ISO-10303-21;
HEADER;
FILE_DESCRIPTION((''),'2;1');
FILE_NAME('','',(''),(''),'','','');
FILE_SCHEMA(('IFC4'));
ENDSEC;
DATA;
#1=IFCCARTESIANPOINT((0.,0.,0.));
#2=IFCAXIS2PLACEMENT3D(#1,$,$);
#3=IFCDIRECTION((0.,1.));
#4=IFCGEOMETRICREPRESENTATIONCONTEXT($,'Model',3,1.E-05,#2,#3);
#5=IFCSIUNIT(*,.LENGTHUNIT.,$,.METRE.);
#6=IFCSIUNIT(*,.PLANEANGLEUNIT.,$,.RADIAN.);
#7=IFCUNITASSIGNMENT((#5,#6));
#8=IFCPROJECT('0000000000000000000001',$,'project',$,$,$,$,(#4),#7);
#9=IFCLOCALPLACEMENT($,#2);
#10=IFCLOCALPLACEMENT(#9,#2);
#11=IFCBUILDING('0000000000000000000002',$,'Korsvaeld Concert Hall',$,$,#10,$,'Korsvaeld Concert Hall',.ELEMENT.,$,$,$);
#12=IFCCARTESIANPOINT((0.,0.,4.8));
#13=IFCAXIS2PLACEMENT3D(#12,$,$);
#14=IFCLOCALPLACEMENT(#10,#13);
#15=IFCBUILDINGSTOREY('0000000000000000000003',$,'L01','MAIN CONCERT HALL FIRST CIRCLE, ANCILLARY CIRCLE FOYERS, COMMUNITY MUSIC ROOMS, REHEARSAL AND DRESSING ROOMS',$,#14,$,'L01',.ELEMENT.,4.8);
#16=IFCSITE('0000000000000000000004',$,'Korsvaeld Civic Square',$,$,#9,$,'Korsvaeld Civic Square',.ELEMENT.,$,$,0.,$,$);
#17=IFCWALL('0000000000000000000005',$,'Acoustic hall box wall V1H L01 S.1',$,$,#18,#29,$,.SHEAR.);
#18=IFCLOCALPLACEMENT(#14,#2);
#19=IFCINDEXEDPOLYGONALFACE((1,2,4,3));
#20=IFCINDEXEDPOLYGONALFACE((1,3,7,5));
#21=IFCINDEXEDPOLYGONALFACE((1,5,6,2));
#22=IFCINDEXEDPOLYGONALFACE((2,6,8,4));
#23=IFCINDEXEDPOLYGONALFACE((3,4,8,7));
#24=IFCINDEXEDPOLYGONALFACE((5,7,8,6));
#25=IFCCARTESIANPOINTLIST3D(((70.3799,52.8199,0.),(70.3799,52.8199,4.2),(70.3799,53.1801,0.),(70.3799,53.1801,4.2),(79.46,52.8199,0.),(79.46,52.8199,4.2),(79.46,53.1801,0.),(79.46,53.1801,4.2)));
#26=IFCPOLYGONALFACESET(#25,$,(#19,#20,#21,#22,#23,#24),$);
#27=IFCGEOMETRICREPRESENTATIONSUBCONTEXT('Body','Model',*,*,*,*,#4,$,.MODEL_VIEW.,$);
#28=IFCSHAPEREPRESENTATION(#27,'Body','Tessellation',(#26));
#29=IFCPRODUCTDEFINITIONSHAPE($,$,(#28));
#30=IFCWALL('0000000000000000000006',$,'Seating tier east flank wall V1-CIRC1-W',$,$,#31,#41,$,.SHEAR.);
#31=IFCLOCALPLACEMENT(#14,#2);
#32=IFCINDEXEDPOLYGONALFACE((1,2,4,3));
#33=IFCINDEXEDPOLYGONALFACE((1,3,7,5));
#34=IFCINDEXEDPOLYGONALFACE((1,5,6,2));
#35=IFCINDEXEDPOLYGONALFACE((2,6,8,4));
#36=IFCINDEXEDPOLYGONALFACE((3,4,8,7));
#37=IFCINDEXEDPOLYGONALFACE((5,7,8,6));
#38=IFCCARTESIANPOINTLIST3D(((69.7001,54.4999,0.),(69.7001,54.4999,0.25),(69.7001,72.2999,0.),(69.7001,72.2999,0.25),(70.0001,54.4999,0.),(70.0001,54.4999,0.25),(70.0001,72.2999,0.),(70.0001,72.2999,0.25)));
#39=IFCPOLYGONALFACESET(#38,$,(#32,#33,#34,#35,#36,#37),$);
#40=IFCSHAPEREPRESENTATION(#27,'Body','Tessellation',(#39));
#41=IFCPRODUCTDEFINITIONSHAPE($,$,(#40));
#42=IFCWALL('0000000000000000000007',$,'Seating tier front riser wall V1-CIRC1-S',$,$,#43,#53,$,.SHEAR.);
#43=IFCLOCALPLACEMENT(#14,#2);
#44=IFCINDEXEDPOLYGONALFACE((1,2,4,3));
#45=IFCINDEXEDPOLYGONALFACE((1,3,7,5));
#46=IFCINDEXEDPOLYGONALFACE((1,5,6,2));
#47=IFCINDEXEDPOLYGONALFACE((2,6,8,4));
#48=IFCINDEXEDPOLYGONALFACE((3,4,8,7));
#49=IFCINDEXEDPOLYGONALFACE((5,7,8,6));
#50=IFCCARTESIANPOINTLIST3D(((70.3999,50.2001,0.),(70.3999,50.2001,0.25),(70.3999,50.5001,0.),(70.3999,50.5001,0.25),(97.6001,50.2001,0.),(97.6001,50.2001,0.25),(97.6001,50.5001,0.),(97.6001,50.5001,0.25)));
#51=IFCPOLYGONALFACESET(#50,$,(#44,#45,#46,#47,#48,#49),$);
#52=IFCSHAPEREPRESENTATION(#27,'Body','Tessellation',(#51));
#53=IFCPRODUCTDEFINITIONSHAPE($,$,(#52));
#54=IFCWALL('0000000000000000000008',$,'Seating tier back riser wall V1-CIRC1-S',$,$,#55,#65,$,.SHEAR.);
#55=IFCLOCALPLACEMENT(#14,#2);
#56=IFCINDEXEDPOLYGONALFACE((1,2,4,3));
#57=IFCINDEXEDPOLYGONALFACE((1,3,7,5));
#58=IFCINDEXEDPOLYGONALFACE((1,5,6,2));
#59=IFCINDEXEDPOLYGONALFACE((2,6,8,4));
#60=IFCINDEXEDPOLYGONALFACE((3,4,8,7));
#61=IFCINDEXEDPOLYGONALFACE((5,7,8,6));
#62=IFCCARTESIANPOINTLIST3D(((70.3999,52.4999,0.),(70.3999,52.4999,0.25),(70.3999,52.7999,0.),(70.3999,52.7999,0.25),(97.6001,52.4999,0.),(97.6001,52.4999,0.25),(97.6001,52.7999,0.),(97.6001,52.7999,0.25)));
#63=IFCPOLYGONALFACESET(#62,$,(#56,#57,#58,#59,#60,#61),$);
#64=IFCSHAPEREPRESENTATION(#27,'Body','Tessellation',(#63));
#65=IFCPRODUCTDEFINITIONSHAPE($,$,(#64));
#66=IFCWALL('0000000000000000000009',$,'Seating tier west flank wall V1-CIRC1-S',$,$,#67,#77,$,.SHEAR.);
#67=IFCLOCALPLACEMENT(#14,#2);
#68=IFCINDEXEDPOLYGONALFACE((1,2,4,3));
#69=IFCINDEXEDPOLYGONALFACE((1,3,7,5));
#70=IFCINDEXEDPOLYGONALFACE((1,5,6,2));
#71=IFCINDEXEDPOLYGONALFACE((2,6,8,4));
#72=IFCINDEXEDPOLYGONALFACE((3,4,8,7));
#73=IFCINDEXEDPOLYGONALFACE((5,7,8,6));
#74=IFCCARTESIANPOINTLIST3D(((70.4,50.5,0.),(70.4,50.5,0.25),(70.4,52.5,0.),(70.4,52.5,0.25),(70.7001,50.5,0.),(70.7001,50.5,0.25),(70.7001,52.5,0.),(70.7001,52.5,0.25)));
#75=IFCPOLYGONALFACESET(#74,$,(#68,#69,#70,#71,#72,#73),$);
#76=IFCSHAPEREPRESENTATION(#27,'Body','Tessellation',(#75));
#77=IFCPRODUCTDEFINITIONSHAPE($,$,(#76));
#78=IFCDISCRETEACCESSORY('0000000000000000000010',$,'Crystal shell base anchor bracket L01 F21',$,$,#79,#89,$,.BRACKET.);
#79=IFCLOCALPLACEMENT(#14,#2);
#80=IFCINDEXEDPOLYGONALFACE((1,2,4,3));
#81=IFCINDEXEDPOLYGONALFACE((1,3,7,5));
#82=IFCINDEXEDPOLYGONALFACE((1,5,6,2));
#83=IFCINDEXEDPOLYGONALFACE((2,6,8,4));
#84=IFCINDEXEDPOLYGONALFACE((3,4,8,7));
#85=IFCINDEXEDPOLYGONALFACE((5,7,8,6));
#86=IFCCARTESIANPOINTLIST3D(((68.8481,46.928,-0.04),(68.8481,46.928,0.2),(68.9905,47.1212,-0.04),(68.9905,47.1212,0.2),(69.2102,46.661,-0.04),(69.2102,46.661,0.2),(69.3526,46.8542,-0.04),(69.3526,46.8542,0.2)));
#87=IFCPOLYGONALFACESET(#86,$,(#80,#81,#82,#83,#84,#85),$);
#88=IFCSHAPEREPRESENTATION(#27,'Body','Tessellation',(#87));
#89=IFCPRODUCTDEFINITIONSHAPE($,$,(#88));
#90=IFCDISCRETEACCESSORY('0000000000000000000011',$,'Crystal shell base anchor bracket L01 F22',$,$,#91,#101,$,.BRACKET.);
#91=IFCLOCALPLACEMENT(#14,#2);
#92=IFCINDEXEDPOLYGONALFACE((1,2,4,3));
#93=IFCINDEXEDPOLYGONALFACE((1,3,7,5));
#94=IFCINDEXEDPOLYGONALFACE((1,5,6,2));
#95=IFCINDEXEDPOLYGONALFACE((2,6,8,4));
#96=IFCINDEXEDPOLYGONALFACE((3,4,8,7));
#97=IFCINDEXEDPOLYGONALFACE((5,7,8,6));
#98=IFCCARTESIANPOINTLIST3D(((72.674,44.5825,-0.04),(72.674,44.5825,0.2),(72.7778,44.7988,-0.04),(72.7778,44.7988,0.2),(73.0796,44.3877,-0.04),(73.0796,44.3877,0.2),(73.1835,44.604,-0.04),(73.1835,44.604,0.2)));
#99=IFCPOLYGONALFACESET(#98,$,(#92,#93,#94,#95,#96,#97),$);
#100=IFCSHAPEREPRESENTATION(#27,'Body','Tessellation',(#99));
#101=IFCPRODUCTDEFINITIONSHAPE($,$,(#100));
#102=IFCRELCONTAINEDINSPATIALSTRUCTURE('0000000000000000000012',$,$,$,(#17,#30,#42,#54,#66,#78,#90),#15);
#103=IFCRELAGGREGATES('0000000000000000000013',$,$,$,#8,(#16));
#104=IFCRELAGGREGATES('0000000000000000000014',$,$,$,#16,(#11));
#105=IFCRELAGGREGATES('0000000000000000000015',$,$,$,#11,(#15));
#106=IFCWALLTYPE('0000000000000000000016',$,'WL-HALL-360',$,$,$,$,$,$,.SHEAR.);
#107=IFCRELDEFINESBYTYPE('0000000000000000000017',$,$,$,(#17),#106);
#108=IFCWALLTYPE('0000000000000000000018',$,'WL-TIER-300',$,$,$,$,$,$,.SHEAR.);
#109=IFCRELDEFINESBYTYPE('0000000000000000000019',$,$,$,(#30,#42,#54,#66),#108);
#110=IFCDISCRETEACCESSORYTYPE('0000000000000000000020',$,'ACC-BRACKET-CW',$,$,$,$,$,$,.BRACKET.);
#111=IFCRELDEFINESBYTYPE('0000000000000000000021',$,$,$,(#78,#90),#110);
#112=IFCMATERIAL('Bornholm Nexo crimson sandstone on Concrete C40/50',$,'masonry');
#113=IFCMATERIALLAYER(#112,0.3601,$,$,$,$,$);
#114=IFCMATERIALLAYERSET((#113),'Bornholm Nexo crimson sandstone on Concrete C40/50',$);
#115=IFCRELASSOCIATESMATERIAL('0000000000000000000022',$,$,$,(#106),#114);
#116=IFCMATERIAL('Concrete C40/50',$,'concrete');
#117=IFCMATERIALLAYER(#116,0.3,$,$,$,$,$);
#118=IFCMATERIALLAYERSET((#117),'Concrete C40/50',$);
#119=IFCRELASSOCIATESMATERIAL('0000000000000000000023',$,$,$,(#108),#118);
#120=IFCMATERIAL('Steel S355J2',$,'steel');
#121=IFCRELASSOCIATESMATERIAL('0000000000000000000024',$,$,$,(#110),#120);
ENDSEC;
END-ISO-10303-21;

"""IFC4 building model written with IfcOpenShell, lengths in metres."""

from ifc_helpers import new_model, si_unit, direction, frame, frame_2d, origin, origin_2d, place, context, subcontext, project, spatial, rectangle, extrude, material, layer, layer_set, type_object, element, save


model = new_model("IFC4")

# Units and contexts
model_context = context("Model", 3, precision=1e-05, world=origin(), true_north=direction((0.0, 1.0)))
body_context = subcontext(model_context, "Body", "Model", "MODEL_VIEW")
ifc_project = project(units=[si_unit("LENGTHUNIT", "METRE"), si_unit("PLANEANGLEUNIT", "RADIAN")], contexts=[model_context])

# Site, building, storey
site_placement = place(None, origin())
site = spatial("IfcSite", under=ifc_project, at=site_placement, Name="Korsvaeld Civic Square", LongName="Korsvaeld Civic Square", CompositionType="ELEMENT", RefElevation=0.0)
building_placement = place(site_placement, origin())
building = spatial("IfcBuilding", under=site, at=building_placement, Name="Korsvaeld Concert Hall", LongName="Korsvaeld Concert Hall", CompositionType="ELEMENT")
storey_placement = place(building_placement, frame((0.0, 0.0, 4.8)))
storey = spatial("IfcBuildingStorey", under=building, at=storey_placement, Name="L01", Description="MAIN CONCERT HALL FIRST CIRCLE, ANCILLARY CIRCLE FOYERS, COMMUNITY MUSIC ROOMS, REHEARSAL AND DRESSING ROOMS", LongName="L01", CompositionType="ELEMENT", Elevation=4.8)

# Shared definitions
ifc_material_1 = material(Name="Concrete C40/50", Category="concrete")

# Walls
ifc_material_2 = material(Name="Bornholm Nexo crimson sandstone on Concrete C40/50", Category="masonry")
ifc_layer_1 = layer(ifc_material_2, 0.3601)
ifc_layer_set_1 = layer_set([ifc_layer_1], Name="Bornholm Nexo crimson sandstone on Concrete C40/50")
wall_type_1 = type_object("IfcWallType", Name="WL-HALL-360", PredefinedType="SHEAR", material=ifc_layer_set_1)
wall_1_placement = place(storey_placement, frame((70.3799, 53.0, 0.0), z_axis=(0.0, 0.0, 1.0), x_axis=(1.0, 0.0, 0.0)))
element("IfcWall", 1, at=wall_1_placement, inside=storey, type_object=wall_type_1, Name="Acoustic hall box wall V1H L01 S.1", PredefinedType="SHEAR", context=body_context, shape_type="SweptSolid", body=[
    extrude(rectangle(XDim=9.0801, YDim=0.3601, at=frame_2d((4.54, 0.0))), origin(), (0.0, 0.0, 1.0), 4.2),
])
ifc_layer_2 = layer(ifc_material_1, 0.3)
ifc_layer_set_2 = layer_set([ifc_layer_2], Name="Concrete C40/50")
wall_type_2 = type_object("IfcWallType", Name="WL-TIER-300", PredefinedType="SHEAR", material=ifc_layer_set_2)
wall_2_placement = place(storey_placement, frame((69.8501, 54.5, 0.0), z_axis=(0.0, 0.0, 1.0), x_axis=(0.0, 1.0, 0.0)))
element("IfcWall", 2, at=wall_2_placement, inside=storey, type_object=wall_type_2, Name="Seating tier east flank wall V1-CIRC1-W", PredefinedType="SHEAR", context=body_context, shape_type="SweptSolid", body=[
    extrude(rectangle(XDim=17.8, YDim=0.3, at=frame_2d((8.8999, 0.0))), origin(), (0.0, 0.0, 1.0), 0.25),
])
for number, where, z_axis, x_axis, name in (
    (3, (70.3999, 50.3501, 0.0), (0.0, 0.0, 1.0), (1.0, 0.0, 0.0), "Seating tier front riser wall V1-CIRC1-S"),
    (4, (70.3999, 52.6499, 0.0), (0.0, 0.0, 1.0), (1.0, 0.0, 0.0), "Seating tier back riser wall V1-CIRC1-S"),
):
    element("IfcWall", number, at=place(storey_placement, frame(where, z_axis=z_axis, x_axis=x_axis)), inside=storey, type_object=wall_type_2, Name=name, PredefinedType="SHEAR", context=body_context, shape_type="SweptSolid", body=[
        extrude(rectangle(XDim=27.2002, YDim=0.3, at=frame_2d((13.6001, 0.0))), origin(), (0.0, 0.0, 1.0), 0.25),
    ])
wall_3_placement = place(storey_placement, frame((70.55, 50.5, 0.0), z_axis=(0.0, 0.0, 1.0), x_axis=(0.0, 1.0, 0.0)))
element("IfcWall", 5, at=wall_3_placement, inside=storey, type_object=wall_type_2, Name="Seating tier west flank wall V1-CIRC1-S", PredefinedType="SHEAR", context=body_context, shape_type="SweptSolid", body=[
    extrude(rectangle(XDim=2.0, YDim=0.3, at=frame_2d((1.0, 0.0))), origin(), (0.0, 0.0, 1.0), 0.25),
])

# Discrete accessories
ifc_material_3 = material(Name="Steel S355J2", Category="steel")
discrete_accessory_type = type_object("IfcDiscreteAccessoryType", Name="ACC-BRACKET-CW", PredefinedType="BRACKET", material=ifc_material_3)
for number, where, z_axis, x_axis, name in (
    (6, (69.1003, 46.8911, -0.04), (0.0, 0.0, 1.0), (0.804894, -0.593419, 0.0), "Crystal shell base anchor bracket L01 F21"),
    (7, (72.9287, 44.5933, -0.04), (0.0, 0.0, 1.0), (0.901455, -0.432873, 0.0), "Crystal shell base anchor bracket L01 F22"),
):
    element("IfcDiscreteAccessory", number, at=place(storey_placement, frame(where, z_axis=z_axis, x_axis=x_axis)), inside=storey, type_object=discrete_accessory_type, Name=name, PredefinedType="BRACKET", context=body_context, shape_type="SweptSolid", body=[
        extrude(rectangle(XDim=0.45, YDim=0.24, at=origin_2d()), origin(), (0.0, 0.0, 1.0), 0.24),
    ])

save(model, "model.ifc")
